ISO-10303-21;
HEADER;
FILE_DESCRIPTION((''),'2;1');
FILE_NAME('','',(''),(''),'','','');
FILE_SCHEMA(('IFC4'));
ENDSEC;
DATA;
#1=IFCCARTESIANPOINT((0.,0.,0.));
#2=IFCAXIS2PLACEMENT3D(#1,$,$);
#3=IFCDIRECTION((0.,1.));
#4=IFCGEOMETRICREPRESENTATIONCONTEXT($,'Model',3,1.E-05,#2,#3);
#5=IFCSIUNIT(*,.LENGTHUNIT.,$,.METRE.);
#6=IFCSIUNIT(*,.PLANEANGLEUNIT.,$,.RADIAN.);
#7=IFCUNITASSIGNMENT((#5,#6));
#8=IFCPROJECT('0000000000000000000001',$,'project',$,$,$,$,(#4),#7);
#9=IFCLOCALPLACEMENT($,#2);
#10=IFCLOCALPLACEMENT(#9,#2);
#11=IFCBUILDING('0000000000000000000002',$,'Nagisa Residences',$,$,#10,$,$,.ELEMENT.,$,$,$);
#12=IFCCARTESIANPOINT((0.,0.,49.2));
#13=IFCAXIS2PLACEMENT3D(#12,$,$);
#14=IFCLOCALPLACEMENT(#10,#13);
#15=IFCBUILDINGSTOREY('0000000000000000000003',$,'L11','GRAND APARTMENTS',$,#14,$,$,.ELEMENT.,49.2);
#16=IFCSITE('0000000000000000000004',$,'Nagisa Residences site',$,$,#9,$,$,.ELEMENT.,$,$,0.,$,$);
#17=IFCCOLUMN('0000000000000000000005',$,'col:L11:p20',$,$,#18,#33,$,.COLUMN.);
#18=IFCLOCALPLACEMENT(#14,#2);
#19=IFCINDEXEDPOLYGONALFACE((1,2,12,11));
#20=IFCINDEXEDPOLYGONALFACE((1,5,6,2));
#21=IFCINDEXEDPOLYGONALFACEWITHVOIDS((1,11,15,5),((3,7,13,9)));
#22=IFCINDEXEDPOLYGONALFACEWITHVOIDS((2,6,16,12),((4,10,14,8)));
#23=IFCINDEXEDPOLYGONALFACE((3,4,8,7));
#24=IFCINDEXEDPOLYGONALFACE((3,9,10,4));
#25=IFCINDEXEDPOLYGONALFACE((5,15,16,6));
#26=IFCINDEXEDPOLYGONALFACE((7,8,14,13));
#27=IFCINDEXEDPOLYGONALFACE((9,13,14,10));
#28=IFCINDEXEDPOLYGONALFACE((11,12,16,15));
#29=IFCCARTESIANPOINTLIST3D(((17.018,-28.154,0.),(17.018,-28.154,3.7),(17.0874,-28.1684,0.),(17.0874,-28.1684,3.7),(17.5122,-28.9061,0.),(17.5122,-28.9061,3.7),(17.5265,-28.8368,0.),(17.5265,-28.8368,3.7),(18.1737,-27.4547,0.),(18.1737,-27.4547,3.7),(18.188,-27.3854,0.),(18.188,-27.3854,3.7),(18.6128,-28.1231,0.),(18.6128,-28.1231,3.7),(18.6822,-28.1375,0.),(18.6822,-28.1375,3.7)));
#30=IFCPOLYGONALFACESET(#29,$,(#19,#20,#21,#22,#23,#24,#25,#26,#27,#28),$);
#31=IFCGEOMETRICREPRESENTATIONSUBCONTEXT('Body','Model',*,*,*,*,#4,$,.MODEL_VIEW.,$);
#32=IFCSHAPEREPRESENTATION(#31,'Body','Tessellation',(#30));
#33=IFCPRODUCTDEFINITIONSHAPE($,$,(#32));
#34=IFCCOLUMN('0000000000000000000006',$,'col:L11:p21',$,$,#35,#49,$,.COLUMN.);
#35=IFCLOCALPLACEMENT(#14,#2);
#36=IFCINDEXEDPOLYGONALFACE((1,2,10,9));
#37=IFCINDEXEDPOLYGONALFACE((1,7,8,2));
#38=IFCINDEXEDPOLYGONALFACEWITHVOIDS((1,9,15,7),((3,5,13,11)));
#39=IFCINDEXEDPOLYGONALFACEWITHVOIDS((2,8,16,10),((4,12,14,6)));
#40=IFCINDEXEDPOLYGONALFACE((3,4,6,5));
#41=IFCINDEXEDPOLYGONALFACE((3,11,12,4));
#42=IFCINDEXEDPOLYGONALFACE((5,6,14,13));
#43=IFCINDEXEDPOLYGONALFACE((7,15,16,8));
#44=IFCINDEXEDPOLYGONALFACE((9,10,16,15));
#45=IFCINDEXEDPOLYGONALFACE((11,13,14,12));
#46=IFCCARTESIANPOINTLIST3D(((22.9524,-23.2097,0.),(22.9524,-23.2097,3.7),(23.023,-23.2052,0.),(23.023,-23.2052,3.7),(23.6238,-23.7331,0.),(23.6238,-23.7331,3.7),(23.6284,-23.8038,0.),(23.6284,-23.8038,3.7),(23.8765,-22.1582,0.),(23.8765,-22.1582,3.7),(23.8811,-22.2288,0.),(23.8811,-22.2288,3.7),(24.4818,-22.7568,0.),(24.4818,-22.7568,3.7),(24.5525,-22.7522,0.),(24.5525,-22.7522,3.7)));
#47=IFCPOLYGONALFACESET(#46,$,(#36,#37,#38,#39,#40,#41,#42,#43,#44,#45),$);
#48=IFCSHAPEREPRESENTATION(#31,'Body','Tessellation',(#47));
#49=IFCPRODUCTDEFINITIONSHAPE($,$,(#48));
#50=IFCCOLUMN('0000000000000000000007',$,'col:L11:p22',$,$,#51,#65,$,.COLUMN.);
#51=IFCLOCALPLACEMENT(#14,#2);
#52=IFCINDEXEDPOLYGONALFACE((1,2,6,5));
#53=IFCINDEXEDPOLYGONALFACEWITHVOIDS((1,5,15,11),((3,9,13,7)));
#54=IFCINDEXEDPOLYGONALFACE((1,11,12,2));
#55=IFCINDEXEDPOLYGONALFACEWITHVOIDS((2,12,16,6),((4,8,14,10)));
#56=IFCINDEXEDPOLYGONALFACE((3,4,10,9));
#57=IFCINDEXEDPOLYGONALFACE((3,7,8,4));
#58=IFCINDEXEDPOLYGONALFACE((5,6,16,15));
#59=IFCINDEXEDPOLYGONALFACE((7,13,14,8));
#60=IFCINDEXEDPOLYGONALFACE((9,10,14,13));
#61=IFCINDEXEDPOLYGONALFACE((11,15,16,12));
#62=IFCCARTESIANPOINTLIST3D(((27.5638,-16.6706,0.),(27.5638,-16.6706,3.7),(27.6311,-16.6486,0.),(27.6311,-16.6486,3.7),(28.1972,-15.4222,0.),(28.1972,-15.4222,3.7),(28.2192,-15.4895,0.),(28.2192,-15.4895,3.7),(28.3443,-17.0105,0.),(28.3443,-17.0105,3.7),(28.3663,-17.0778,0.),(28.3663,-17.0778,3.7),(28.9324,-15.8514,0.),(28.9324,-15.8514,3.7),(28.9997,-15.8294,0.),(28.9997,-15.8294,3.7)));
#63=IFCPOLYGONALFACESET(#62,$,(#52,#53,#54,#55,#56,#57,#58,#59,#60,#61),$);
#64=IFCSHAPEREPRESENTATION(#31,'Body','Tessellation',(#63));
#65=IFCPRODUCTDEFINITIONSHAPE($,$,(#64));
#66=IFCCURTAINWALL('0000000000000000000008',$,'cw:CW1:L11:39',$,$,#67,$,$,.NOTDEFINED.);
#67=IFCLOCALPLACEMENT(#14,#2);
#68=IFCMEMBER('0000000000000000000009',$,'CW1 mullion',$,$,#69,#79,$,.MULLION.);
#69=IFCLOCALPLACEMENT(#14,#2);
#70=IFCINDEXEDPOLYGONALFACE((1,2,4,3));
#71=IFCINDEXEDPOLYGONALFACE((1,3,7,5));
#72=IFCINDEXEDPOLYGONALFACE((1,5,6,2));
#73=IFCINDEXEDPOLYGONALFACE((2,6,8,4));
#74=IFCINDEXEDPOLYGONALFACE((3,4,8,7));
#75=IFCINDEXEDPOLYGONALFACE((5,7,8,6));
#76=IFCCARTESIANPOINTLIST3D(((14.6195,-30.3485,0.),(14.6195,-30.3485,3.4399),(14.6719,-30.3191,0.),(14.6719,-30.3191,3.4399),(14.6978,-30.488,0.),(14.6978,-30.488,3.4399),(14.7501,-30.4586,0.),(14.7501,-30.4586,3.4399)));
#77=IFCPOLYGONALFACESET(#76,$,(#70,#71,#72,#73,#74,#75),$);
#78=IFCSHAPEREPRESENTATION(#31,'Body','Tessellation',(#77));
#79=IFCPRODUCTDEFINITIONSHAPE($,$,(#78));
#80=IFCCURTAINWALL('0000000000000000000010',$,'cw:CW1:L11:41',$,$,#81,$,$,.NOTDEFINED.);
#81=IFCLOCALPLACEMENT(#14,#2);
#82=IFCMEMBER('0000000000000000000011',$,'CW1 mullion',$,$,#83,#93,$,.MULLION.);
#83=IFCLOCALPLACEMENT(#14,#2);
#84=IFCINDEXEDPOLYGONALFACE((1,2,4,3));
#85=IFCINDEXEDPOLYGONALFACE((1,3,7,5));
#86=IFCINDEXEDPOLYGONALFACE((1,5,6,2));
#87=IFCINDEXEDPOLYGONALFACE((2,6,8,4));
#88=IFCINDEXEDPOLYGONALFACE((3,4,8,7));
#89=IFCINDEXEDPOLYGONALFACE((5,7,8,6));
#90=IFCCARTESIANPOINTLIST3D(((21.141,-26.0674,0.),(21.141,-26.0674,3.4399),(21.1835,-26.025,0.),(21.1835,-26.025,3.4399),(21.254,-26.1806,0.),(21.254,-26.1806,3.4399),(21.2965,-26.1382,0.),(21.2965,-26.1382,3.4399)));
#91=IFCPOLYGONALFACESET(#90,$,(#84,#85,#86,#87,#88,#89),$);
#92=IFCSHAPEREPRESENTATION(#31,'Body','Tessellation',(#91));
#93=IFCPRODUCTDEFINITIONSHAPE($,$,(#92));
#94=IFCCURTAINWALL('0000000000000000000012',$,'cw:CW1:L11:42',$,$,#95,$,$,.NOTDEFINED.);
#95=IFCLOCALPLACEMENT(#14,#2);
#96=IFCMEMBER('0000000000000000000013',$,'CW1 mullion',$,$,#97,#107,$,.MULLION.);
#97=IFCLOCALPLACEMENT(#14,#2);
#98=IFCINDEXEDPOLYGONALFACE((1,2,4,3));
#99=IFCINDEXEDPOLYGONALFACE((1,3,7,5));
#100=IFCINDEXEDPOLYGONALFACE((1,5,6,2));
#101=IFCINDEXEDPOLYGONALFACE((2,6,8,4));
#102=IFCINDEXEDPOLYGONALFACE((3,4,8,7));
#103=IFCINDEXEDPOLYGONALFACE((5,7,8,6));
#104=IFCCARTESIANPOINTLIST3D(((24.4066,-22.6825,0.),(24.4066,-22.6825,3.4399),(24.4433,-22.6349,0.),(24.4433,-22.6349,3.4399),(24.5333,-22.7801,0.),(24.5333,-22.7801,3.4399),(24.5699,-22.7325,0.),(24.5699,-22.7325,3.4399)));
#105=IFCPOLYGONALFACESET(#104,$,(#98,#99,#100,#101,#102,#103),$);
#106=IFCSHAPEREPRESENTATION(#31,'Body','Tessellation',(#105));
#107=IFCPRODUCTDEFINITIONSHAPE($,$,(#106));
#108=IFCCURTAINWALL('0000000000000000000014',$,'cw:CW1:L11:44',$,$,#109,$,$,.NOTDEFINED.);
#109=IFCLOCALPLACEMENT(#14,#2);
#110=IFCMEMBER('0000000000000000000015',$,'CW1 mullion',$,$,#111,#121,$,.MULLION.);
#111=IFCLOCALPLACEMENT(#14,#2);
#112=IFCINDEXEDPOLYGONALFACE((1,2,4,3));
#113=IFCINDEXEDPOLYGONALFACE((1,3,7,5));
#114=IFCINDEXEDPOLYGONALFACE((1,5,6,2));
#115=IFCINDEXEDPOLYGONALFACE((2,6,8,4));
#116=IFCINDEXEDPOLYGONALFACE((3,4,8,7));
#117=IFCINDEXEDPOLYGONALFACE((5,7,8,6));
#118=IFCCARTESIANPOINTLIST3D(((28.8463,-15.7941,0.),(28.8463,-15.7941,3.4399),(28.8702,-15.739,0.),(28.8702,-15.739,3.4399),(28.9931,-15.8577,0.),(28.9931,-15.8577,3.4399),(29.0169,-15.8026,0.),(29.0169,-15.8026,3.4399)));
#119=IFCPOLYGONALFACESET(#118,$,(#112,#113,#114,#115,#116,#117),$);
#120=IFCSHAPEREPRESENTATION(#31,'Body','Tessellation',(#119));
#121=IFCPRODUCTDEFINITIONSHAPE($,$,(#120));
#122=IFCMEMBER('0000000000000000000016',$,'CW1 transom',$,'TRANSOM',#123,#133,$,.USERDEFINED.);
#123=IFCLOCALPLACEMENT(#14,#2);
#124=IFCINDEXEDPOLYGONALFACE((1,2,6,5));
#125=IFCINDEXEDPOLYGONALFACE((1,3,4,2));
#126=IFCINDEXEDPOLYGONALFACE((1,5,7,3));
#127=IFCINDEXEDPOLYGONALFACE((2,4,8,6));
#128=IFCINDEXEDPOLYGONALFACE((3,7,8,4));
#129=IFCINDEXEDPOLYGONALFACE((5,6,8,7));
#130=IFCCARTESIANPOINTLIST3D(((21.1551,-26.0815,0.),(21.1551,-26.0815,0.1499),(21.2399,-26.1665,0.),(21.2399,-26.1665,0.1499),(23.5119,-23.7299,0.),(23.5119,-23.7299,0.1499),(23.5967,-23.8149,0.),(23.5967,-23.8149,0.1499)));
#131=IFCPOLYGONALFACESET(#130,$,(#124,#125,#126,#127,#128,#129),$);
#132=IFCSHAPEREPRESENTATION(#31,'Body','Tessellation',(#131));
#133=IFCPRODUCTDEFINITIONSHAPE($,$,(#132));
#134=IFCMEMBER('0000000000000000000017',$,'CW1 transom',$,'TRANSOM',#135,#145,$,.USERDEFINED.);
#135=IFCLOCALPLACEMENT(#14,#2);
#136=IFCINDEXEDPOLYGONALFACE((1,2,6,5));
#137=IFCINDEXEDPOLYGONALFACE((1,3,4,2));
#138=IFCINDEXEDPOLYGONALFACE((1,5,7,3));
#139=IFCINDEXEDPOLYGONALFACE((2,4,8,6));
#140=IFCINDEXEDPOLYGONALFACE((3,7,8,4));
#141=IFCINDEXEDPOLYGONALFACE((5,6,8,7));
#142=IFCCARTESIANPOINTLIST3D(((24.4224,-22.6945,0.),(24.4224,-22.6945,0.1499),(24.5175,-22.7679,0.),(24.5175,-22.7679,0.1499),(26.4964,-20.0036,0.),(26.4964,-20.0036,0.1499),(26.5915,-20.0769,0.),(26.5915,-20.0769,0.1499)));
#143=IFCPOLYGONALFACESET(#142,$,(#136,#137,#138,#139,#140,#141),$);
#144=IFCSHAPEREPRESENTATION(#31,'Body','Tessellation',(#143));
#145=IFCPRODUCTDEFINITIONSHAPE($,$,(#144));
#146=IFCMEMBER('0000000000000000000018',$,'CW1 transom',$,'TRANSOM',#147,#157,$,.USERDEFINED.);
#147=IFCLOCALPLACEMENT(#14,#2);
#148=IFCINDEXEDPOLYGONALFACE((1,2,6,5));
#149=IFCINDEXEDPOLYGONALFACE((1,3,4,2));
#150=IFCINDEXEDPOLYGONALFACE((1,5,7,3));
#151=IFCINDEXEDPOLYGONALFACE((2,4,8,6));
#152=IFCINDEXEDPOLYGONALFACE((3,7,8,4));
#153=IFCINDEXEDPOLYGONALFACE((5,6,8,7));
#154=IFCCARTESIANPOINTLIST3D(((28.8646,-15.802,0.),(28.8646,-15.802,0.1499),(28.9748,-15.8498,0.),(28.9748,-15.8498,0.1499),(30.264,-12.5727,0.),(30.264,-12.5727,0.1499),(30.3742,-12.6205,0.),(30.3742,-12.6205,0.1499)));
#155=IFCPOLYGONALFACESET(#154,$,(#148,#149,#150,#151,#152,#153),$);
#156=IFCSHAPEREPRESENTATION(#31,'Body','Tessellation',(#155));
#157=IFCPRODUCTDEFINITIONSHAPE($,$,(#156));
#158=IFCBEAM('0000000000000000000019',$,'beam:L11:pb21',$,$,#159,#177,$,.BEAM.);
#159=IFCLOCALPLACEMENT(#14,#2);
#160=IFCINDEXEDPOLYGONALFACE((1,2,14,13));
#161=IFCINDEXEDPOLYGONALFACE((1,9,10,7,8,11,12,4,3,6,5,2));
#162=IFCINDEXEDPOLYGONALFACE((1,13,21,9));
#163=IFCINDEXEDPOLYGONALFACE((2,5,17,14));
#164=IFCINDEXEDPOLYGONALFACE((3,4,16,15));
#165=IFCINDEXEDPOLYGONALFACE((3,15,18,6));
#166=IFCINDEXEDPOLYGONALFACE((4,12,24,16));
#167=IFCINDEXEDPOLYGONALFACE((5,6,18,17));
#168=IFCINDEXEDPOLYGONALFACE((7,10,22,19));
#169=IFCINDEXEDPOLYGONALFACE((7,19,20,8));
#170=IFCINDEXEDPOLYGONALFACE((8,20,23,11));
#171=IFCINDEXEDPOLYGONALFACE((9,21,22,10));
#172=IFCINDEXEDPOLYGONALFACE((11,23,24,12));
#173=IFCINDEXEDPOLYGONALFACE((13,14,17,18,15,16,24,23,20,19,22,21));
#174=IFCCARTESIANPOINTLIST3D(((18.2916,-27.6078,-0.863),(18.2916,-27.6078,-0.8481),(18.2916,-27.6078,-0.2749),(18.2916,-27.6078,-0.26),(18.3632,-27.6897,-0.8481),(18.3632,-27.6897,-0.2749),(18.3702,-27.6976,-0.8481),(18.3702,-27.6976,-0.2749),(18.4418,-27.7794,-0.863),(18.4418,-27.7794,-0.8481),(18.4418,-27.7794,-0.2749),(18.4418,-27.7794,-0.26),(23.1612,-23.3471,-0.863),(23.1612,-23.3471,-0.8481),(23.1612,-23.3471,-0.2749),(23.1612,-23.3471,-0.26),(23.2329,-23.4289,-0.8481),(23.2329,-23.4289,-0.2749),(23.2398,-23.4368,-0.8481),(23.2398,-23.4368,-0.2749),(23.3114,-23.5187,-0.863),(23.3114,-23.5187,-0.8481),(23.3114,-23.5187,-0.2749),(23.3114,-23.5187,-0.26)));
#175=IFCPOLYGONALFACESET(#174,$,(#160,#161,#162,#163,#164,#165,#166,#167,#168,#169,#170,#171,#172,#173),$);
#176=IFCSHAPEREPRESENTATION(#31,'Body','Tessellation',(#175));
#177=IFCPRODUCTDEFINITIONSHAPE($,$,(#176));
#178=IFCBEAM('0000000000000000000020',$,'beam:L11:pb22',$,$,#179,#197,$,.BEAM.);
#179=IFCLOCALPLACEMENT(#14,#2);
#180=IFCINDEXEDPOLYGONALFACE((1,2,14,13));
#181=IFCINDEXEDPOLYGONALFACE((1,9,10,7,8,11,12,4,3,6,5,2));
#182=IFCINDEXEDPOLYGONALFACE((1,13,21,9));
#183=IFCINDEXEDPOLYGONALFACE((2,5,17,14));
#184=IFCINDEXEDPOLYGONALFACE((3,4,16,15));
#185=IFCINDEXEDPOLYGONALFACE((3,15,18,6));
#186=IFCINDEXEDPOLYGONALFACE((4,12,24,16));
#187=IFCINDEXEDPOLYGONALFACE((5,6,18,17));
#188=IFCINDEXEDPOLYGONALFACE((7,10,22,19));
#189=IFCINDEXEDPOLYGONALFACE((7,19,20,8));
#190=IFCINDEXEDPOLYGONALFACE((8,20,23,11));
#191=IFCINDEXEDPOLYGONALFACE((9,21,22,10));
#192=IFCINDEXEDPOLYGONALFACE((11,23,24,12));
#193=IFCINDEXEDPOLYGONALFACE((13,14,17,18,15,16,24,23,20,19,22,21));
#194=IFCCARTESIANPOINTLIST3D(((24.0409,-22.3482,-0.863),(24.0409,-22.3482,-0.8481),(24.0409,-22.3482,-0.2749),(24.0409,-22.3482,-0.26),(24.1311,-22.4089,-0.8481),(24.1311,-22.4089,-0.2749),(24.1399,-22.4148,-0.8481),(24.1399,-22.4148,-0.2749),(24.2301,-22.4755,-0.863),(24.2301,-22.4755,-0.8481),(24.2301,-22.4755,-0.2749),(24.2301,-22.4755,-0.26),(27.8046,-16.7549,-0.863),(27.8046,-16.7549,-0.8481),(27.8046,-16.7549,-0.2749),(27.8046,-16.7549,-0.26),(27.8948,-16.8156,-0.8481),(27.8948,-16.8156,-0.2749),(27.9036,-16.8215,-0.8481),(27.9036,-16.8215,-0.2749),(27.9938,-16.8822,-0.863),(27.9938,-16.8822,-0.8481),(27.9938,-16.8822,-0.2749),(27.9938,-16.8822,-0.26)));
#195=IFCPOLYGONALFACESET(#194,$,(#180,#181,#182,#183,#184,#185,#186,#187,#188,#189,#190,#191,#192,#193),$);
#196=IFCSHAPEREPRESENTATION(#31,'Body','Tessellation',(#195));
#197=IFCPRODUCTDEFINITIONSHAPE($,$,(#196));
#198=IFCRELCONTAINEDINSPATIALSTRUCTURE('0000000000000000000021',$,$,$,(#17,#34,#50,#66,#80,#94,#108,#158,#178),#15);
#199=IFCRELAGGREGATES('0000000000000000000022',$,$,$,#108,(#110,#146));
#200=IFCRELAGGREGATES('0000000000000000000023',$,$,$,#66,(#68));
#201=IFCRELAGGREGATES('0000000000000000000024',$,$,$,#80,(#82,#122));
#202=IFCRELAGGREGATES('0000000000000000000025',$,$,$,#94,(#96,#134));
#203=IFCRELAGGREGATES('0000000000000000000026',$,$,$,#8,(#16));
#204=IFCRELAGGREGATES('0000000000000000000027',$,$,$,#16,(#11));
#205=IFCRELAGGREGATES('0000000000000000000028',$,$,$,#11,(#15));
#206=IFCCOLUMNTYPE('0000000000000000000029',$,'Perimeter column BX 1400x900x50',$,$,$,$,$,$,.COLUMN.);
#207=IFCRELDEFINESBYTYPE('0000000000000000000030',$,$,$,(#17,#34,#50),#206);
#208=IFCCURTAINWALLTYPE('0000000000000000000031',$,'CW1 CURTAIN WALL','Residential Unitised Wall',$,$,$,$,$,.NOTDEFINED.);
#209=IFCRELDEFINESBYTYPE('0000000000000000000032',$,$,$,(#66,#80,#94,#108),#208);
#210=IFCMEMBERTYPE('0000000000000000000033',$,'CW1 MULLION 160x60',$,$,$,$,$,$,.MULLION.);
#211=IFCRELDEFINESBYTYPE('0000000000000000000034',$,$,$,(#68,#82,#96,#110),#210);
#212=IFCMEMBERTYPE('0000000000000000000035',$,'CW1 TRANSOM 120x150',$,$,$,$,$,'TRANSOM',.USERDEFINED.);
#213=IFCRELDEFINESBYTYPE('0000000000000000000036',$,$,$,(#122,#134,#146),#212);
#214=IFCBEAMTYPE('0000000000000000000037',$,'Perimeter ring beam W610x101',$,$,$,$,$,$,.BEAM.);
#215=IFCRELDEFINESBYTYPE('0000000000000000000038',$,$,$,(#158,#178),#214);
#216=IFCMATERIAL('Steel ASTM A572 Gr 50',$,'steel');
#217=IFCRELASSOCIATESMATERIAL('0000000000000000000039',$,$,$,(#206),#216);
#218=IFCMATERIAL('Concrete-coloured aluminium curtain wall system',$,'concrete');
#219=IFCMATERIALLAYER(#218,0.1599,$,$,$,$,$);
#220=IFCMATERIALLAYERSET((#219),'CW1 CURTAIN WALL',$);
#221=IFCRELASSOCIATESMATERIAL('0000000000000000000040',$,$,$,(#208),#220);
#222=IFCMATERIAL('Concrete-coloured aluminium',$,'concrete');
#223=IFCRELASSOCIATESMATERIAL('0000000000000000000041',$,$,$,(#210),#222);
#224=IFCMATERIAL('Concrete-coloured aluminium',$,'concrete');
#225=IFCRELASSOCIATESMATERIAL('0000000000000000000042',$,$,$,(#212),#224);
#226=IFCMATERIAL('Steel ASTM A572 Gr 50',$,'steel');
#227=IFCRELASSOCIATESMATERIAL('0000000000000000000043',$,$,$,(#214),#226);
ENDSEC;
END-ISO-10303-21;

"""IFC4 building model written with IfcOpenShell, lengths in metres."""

from ifc_helpers import new_model, si_unit, direction, frame, origin, origin_2d, place, context, subcontext, project, spatial, rectangle, hollow_rectangle, i_section, extrude, material, layer, layer_set, material_profile, profile_set, type_object, element, aggregate, save


model = new_model("IFC4")

# Units and contexts
model_context = context("Model", 3, precision=1e-05, world=origin(), true_north=direction((0.0, 1.0)))
body_context = subcontext(model_context, "Body", "Model", "MODEL_VIEW")
ifc_project = project(units=[si_unit("LENGTHUNIT", "METRE"), si_unit("PLANEANGLEUNIT", "RADIAN")], contexts=[model_context])

# Site, building, storey
site_placement = place(None, origin())
site = spatial("IfcSite", under=ifc_project, at=site_placement, Name="Nagisa Residences site", CompositionType="ELEMENT", RefElevation=0.0)
building_placement = place(site_placement, origin())
building = spatial("IfcBuilding", under=site, at=building_placement, Name="Nagisa Residences", CompositionType="ELEMENT")
storey_placement = place(building_placement, frame((0.0, 0.0, 49.2)))
storey = spatial("IfcBuildingStorey", under=building, at=storey_placement, Name="L11", Description="GRAND APARTMENTS", CompositionType="ELEMENT", Elevation=49.2)

# Columns
ifc_material_1 = material(Name="Steel ASTM A572 Gr 50", Category="steel")
ifc_material_profile_1 = material_profile(ifc_material_1, hollow_rectangle(XDim=1.3999, YDim=0.8999, WallThickness=0.05, at=origin_2d()), Name="BX 1400x900x50")
ifc_profile_set_1 = profile_set([ifc_material_profile_1], Name="Steel ASTM A572 Gr 50")
column_type = type_object("IfcColumnType", Name="Perimeter column BX 1400x900x50", PredefinedType="COLUMN", material=ifc_profile_set_1)
for number, where, z_axis, x_axis, name in (
    (1, (17.8501, -28.1458, 0.0), (0.0, 0.0, 1.0), (0.835766, 0.549086, 0.0), "col:L11:p20"),
    (2, (23.7524, -22.981, 0.0), (0.0, 0.0, 1.0), (0.660115, 0.751165, 0.0), "col:L11:p21"),
    (3, (28.2817, -16.25, 0.0), (0.0, 0.0, 1.0), (0.452463, 0.891783, 0.0), "col:L11:p22"),
):
    element("IfcColumn", number, at=place(storey_placement, frame(where, z_axis=z_axis, x_axis=x_axis)), inside=storey, type_object=column_type, Name=name, PredefinedType="COLUMN", context=body_context, shape_type="SweptSolid", body=[
        extrude(hollow_rectangle(XDim=1.3999, YDim=0.8999, WallThickness=0.05, at=origin_2d()), origin(), (0.0, 0.0, 1.0), 3.7),
    ])

# Curtain walls, members
ifc_material_2 = material(Name="Concrete-coloured aluminium curtain wall system", Category="concrete")
ifc_layer_1 = layer(ifc_material_2, 0.1599)
ifc_layer_set_1 = layer_set([ifc_layer_1], Name="CW1 CURTAIN WALL")
curtain_wall_type = type_object("IfcCurtainWallType", Name="CW1 CURTAIN WALL", Description="Residential Unitised Wall", PredefinedType="NOTDEFINED", material=ifc_layer_set_1)
curtain_wall_1_placement = place(storey_placement, origin())
curtain_wall_1 = element("IfcCurtainWall", 4, at=curtain_wall_1_placement, inside=storey, type_object=curtain_wall_type, Name="cw:CW1:L11:39", PredefinedType="NOTDEFINED")
ifc_material_3 = material(Name="Concrete-coloured aluminium", Category="concrete")
ifc_material_profile_2 = material_profile(ifc_material_3, rectangle(XDim=0.1599, YDim=0.0601, at=origin_2d()), Name="CW1 MULLION 160x60")
ifc_profile_set_2 = profile_set([ifc_material_profile_2], Name="Concrete-coloured aluminium")
member_type_1 = type_object("IfcMemberType", Name="CW1 MULLION 160x60", PredefinedType="MULLION", material=ifc_profile_set_2)
member_1_placement = place(storey_placement, frame((14.6848, -30.4036, 0.0), z_axis=(0.0, 0.0, 1.0), x_axis=(-0.489377, 0.872072, 0.0)))
member_1 = element("IfcMember", 5, at=member_1_placement, type_object=member_type_1, Name="CW1 mullion", PredefinedType="MULLION", context=body_context, shape_type="SweptSolid", body=[
    extrude(rectangle(XDim=0.1599, YDim=0.0601, at=origin_2d()), origin(), (0.0, 0.0, 1.0), 3.4399),
])
curtain_wall_2_placement = place(storey_placement, origin())
curtain_wall_2 = element("IfcCurtainWall", 6, at=curtain_wall_2_placement, inside=storey, type_object=curtain_wall_type, Name="cw:CW1:L11:41", PredefinedType="NOTDEFINED")
member_2_placement = place(storey_placement, frame((21.2188, -26.1028, 0.0), z_axis=(0.0, 0.0, 1.0), x_axis=(-0.706377, 0.707836, 0.0)))
member_2 = element("IfcMember", 7, at=member_2_placement, type_object=member_type_1, Name="CW1 mullion", PredefinedType="MULLION", context=body_context, shape_type="SweptSolid", body=[
    extrude(rectangle(XDim=0.1599, YDim=0.0601, at=origin_2d()), origin(), (0.0, 0.0, 1.0), 3.4399),
])
curtain_wall_3_placement = place(storey_placement, origin())
curtain_wall_3 = element("IfcCurtainWall", 8, at=curtain_wall_3_placement, inside=storey, type_object=curtain_wall_type, Name="cw:CW1:L11:42", PredefinedType="NOTDEFINED")
member_3_placement = place(storey_placement, frame((24.4883, -22.7075, 0.0), z_axis=(0.0, 0.0, 1.0), x_axis=(-0.79207, 0.61043, 0.0)))
member_3 = element("IfcMember", 9, at=member_3_placement, type_object=member_type_1, Name="CW1 mullion", PredefinedType="MULLION", context=body_context, shape_type="SweptSolid", body=[
    extrude(rectangle(XDim=0.1599, YDim=0.0601, at=origin_2d()), origin(), (0.0, 0.0, 1.0), 3.4399),
])
curtain_wall_4_placement = place(storey_placement, origin())
curtain_wall_4 = element("IfcCurtainWall", 10, at=curtain_wall_4_placement, inside=storey, type_object=curtain_wall_type, Name="cw:CW1:L11:44", PredefinedType="NOTDEFINED")
member_4_placement = place(storey_placement, frame((28.9316, -15.7983, 0.0), z_axis=(0.0, 0.0, 1.0), x_axis=(-0.917543, 0.397636, 0.0)))
member_4 = element("IfcMember", 11, at=member_4_placement, type_object=member_type_1, Name="CW1 mullion", PredefinedType="MULLION", context=body_context, shape_type="SweptSolid", body=[
    extrude(rectangle(XDim=0.1599, YDim=0.0601, at=origin_2d()), origin(), (0.0, 0.0, 1.0), 3.4399),
])

# Members
ifc_material_4 = material(Name="Concrete-coloured aluminium", Category="concrete")
ifc_material_profile_3 = material_profile(ifc_material_4, rectangle(XDim=0.1201, YDim=0.1499, at=origin_2d()), Name="CW1 TRANSOM 120x150")
ifc_profile_set_3 = profile_set([ifc_material_profile_3], Name="Concrete-coloured aluminium")
member_type_2 = type_object("IfcMemberType", Name="CW1 TRANSOM 120x150", ElementType="TRANSOM", PredefinedType="USERDEFINED", material=ifc_profile_set_3)
member_5_placement = place(storey_placement, frame((21.1975, -26.124, 0.075), z_axis=(0.707876, 0.706336, 0.0), x_axis=(-0.706336, 0.707876, 0.0)))
member_5 = element("IfcMember", 12, at=member_5_placement, type_object=member_type_2, Name="CW1 transom", ObjectType="TRANSOM", PredefinedType="USERDEFINED", context=body_context, shape_type="SweptSolid", body=[
    extrude(rectangle(XDim=0.1201, YDim=0.1499, at=origin_2d()), origin(), (0.0, 0.0, 1.0), 3.3293),
])
member_6_placement = place(storey_placement, frame((24.47, -22.7312, 0.075), z_axis=(0.610457, 0.792049, 0.0), x_axis=(-0.792049, 0.610457, 0.0)))
member_6 = element("IfcMember", 13, at=member_6_placement, type_object=member_type_2, Name="CW1 transom", ObjectType="TRANSOM", PredefinedType="USERDEFINED", context=body_context, shape_type="SweptSolid", body=[
    extrude(rectangle(XDim=0.1201, YDim=0.1499, at=origin_2d()), origin(), (0.0, 0.0, 1.0), 3.3975),
])
member_7_placement = place(storey_placement, frame((28.9197, -15.8259, 0.075), z_axis=(0.397625, 0.917548, 0.0), x_axis=(-0.917548, 0.397625, 0.0)))
member_7 = element("IfcMember", 14, at=member_7_placement, type_object=member_type_2, Name="CW1 transom", ObjectType="TRANSOM", PredefinedType="USERDEFINED", context=body_context, shape_type="SweptSolid", body=[
    extrude(rectangle(XDim=0.1201, YDim=0.1499, at=origin_2d()), origin(), (0.0, 0.0, 1.0), 3.5195),
])
aggregate(curtain_wall_4, [member_4, member_7])

# Beams
ifc_material_5 = material(Name="Steel ASTM A572 Gr 50", Category="steel")
ifc_material_profile_4 = material_profile(ifc_material_5, i_section(OverallWidth=0.228, OverallDepth=0.603, WebThickness=0.0105, FlangeThickness=0.0149, at=origin_2d()), Name="W610x101")
ifc_profile_set_4 = profile_set([ifc_material_profile_4], Name="Steel ASTM A572 Gr 50")
beam_type_1 = type_object("IfcBeamType", Name="Perimeter ring beam W610x101", PredefinedType="BEAM", material=ifc_profile_set_4)
beam_1_placement = place(storey_placement, frame((18.3667, -27.6936, -0.5615), z_axis=(0.752591, 0.658489, 0.0), x_axis=(-0.658489, 0.752591, 0.0)))
element("IfcBeam", 15, at=beam_1_placement, inside=storey, type_object=beam_type_1, Name="beam:L11:pb21", PredefinedType="BEAM", context=body_context, shape_type="SweptSolid", body=[
    extrude(i_section(OverallWidth=0.228, OverallDepth=0.603, WebThickness=0.0105, FlangeThickness=0.0149, at=origin_2d()), origin(), (0.0, 0.0, 1.0), 6.4705),
])
beam_2_placement = place(storey_placement, frame((24.1355, -22.4119, -0.5615), z_axis=(0.558272, 0.829658, 0.0), x_axis=(-0.829658, 0.558272, 0.0)))
element("IfcBeam", 16, at=beam_2_placement, inside=storey, type_object=beam_type_1, Name="beam:L11:pb22", PredefinedType="BEAM", context=body_context, shape_type="SweptSolid", body=[
    extrude(i_section(OverallWidth=0.228, OverallDepth=0.603, WebThickness=0.0105, FlangeThickness=0.0149, at=origin_2d()), origin(), (0.0, 0.0, 1.0), 6.7417),
])

aggregate(curtain_wall_1, [member_1])
aggregate(curtain_wall_2, [member_2, member_5])
aggregate(curtain_wall_3, [member_3, member_6])

save(model, "model.ifc")
